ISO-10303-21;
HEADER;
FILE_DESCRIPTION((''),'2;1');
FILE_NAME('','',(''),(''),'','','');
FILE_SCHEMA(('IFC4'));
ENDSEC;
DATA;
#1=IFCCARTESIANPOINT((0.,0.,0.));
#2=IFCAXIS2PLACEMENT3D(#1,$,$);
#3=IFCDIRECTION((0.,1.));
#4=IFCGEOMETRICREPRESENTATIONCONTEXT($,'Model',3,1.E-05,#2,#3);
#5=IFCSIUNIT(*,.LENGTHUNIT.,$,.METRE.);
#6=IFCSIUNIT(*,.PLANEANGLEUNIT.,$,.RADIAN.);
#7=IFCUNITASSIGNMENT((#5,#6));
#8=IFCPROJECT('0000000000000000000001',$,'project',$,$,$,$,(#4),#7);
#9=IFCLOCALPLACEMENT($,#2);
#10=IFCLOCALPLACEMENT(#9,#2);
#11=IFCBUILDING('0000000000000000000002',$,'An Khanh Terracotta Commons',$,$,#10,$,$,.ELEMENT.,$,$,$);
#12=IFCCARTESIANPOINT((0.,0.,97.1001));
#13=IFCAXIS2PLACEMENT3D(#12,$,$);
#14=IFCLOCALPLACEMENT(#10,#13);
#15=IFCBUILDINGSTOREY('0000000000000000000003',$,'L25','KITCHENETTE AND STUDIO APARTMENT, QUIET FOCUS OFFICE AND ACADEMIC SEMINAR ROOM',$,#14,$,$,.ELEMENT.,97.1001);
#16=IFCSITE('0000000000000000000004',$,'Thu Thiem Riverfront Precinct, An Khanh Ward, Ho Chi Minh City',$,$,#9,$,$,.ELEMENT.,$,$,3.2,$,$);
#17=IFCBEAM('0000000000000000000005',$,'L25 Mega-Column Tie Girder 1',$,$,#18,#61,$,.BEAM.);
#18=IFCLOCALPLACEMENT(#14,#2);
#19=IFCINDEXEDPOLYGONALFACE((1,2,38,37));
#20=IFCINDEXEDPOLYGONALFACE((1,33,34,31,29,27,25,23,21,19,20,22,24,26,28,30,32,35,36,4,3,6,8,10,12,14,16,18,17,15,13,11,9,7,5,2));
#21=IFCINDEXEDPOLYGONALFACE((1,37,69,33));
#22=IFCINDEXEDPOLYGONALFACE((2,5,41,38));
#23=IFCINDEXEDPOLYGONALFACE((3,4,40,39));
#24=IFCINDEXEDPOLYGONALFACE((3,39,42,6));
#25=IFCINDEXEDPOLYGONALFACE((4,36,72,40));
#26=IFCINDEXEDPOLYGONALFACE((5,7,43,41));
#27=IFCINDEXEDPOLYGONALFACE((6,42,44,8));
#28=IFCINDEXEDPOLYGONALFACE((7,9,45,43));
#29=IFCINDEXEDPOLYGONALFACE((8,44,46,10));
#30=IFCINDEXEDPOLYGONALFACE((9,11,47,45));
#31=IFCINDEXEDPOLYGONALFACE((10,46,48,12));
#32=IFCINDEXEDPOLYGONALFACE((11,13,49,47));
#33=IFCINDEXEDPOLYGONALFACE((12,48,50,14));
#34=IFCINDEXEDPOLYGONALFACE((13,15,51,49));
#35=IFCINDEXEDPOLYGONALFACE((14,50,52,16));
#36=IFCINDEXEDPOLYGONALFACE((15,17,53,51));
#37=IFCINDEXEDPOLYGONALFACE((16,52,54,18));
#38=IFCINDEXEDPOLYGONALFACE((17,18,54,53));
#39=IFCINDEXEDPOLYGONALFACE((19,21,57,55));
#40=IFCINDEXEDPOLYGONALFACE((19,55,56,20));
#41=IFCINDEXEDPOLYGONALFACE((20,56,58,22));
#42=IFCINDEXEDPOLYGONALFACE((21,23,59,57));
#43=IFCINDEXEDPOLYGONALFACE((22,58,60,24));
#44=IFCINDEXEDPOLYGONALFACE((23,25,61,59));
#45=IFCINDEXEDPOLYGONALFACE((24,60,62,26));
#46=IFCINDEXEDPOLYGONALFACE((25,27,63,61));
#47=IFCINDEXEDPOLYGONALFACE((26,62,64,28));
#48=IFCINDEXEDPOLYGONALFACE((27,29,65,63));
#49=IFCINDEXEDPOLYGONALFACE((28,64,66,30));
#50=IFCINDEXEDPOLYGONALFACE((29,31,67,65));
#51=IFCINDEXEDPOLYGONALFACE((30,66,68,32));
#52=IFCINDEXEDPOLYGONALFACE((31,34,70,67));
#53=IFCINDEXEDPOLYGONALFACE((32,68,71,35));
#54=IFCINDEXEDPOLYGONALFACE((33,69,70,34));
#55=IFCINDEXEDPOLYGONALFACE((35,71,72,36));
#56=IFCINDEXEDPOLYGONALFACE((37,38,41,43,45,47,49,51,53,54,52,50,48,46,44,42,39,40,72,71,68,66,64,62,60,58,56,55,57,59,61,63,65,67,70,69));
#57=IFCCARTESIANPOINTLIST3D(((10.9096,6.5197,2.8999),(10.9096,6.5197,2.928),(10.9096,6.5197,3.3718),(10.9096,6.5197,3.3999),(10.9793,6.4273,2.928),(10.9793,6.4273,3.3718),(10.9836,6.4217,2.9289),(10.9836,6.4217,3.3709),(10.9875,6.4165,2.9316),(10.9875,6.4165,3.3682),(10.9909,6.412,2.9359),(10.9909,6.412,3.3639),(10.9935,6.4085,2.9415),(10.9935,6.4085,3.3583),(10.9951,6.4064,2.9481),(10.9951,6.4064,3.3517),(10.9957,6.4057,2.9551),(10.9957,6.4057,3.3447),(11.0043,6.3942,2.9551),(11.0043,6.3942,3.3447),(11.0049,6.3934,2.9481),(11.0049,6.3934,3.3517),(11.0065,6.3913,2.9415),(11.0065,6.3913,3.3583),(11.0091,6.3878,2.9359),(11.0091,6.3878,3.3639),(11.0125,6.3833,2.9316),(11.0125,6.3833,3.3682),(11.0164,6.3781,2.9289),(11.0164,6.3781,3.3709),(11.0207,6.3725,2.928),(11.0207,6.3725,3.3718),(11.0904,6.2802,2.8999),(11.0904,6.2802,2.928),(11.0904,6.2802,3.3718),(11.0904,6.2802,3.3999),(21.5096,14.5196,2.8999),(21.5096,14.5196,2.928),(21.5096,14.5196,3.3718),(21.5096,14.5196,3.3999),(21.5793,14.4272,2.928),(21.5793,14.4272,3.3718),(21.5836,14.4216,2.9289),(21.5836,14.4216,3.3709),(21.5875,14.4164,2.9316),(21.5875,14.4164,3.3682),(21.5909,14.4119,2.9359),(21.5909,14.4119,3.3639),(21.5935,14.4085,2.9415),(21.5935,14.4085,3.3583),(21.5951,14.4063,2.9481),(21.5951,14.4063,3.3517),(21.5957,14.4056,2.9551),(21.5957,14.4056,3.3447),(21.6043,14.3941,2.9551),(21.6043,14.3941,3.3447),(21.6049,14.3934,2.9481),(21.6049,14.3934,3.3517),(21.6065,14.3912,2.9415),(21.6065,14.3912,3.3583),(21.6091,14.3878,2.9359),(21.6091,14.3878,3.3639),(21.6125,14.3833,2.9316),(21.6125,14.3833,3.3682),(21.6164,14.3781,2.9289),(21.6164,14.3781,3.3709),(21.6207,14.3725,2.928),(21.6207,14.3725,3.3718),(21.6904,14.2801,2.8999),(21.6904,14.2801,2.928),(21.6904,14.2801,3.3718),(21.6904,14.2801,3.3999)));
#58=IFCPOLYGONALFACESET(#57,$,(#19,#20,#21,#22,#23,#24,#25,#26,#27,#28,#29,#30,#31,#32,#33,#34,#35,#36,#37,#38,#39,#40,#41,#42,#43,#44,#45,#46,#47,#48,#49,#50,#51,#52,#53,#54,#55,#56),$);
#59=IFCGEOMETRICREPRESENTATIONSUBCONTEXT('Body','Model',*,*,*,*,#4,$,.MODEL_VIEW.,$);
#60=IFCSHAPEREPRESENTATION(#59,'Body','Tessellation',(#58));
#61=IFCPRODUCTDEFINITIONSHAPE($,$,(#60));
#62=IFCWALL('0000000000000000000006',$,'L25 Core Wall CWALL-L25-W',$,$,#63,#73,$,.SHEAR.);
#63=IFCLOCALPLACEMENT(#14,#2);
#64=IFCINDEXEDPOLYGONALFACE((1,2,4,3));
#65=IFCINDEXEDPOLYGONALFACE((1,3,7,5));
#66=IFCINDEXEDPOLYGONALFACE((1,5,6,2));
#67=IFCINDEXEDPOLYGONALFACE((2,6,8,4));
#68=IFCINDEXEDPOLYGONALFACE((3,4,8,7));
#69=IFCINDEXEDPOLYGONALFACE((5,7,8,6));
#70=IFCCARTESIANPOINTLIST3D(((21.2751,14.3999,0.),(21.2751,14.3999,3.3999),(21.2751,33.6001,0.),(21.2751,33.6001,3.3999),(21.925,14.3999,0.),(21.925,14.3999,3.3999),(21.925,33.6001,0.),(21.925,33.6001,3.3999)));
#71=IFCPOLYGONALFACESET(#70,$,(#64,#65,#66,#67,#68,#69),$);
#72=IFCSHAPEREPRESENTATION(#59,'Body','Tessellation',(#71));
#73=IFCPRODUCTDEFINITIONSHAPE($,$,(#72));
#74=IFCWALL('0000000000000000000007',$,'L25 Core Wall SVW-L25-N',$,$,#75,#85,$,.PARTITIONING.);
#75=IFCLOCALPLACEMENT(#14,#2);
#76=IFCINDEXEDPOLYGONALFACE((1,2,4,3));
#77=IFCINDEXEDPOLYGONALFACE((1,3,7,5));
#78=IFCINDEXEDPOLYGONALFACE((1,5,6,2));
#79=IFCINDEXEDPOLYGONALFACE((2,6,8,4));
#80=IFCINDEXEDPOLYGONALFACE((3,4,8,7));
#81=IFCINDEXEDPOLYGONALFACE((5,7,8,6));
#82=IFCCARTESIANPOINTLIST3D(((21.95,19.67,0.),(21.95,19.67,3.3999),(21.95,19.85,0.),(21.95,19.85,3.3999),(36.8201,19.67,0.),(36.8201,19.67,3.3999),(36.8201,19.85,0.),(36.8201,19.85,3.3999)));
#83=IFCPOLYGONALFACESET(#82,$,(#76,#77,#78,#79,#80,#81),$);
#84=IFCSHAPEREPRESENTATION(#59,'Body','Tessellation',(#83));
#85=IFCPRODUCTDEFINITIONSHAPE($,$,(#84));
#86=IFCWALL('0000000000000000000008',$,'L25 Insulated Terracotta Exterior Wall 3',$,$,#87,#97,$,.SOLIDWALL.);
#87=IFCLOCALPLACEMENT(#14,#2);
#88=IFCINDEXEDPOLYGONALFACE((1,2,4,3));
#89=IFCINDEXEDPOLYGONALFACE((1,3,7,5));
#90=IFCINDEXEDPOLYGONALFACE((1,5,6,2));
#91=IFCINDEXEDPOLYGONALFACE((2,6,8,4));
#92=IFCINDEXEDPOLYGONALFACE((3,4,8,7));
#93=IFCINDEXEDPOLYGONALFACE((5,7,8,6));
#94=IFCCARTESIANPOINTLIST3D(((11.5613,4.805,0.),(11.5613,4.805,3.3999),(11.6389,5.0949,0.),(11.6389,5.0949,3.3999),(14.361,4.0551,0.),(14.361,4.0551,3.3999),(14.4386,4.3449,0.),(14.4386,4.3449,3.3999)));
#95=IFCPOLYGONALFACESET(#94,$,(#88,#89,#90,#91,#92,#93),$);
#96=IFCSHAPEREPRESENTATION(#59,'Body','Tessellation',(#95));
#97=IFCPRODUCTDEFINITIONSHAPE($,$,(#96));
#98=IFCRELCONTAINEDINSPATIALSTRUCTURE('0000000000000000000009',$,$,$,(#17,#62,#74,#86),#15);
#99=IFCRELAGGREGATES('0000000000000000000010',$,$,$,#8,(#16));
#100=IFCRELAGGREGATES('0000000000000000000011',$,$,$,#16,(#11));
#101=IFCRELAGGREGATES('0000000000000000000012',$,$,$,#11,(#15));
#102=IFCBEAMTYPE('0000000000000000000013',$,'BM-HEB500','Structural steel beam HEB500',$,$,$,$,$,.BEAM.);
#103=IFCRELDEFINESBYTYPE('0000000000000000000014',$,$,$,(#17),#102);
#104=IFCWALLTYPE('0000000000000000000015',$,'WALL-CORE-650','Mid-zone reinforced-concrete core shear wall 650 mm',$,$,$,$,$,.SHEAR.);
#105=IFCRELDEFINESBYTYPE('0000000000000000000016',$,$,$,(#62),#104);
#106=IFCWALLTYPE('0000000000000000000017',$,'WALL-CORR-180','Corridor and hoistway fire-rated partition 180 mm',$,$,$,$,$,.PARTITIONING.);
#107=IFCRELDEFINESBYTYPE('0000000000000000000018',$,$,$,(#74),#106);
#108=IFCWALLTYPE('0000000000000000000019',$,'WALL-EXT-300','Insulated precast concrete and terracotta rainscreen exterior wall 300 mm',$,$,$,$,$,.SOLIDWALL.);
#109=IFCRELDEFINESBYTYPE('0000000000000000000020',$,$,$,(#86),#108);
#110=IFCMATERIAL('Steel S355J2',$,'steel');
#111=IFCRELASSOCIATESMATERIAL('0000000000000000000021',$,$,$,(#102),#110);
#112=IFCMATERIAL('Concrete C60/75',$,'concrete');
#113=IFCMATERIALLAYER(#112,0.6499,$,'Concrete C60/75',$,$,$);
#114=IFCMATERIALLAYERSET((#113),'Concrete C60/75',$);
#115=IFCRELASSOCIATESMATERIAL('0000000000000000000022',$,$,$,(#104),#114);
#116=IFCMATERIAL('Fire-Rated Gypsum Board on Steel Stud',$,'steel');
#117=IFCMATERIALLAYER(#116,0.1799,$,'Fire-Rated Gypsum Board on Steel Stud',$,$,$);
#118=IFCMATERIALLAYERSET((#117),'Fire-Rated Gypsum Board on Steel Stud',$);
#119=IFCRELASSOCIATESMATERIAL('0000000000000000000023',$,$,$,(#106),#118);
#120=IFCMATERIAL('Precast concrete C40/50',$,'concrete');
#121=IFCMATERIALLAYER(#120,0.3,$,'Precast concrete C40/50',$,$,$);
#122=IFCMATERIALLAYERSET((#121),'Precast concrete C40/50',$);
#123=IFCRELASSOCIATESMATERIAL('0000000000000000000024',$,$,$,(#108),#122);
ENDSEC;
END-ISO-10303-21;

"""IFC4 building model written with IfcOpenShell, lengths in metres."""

from ifc_helpers import new_model, si_unit, direction, frame, frame_2d, origin, origin_2d, place, context, subcontext, project, spatial, rectangle, i_section, extrude, material, layer, layer_set, material_profile, profile_set, type_object, element, save


model = new_model("IFC4")

# Units and contexts
model_context = context("Model", 3, precision=1e-05, world=origin(), true_north=direction((0.0, 1.0)))
body_context = subcontext(model_context, "Body", "Model", "MODEL_VIEW")
ifc_project = project(units=[si_unit("LENGTHUNIT", "METRE"), si_unit("PLANEANGLEUNIT", "RADIAN")], contexts=[model_context])

# Site, building, storey
site_placement = place(None, origin())
site = spatial("IfcSite", under=ifc_project, at=site_placement, Name="Thu Thiem Riverfront Precinct, An Khanh Ward, Ho Chi Minh City", CompositionType="ELEMENT", RefElevation=3.2)
building_placement = place(site_placement, origin())
building = spatial("IfcBuilding", under=site, at=building_placement, Name="An Khanh Terracotta Commons", CompositionType="ELEMENT")
storey_placement = place(building_placement, frame((0.0, 0.0, 97.1001)))
storey = spatial("IfcBuildingStorey", under=building, at=storey_placement, Name="L25", Description="KITCHENETTE AND STUDIO APARTMENT, QUIET FOCUS OFFICE AND ACADEMIC SEMINAR ROOM", CompositionType="ELEMENT", Elevation=97.1001)

# Beam
ifc_material_1 = material(Name="Steel S355J2", Category="steel")
ifc_material_profile_1 = material_profile(ifc_material_1, i_section(OverallWidth=0.3, OverallDepth=0.5, WebThickness=0.0144, FlangeThickness=0.0281, FilletRadius=0.0271, at=origin_2d()), Name="HEB500")
ifc_profile_set_1 = profile_set([ifc_material_profile_1], Name="Steel S355J2")
beam_type_1 = type_object("IfcBeamType", Name="BM-HEB500", Description="Structural steel beam HEB500", PredefinedType="BEAM", material=ifc_profile_set_1)
beam_1_placement = place(storey_placement, frame((11.0, 6.3999, 3.1499), z_axis=(0.798192, 0.602403, 0.0), x_axis=(-0.602403, 0.798192, 0.0)))
element("IfcBeam", 1, at=beam_1_placement, inside=storey, type_object=beam_type_1, Name="L25 Mega-Column Tie Girder 1", PredefinedType="BEAM", context=body_context, shape_type="SweptSolid", body=[
    extrude(i_section(OverallWidth=0.3, OverallDepth=0.5, WebThickness=0.0144, FlangeThickness=0.0281, FilletRadius=0.0271, at=origin_2d()), origin(), (0.0, 0.0, 1.0), 13.28),
])

# Walls
ifc_material_2 = material(Name="Concrete C60/75", Category="concrete")
ifc_layer_1 = layer(ifc_material_2, 0.6499, Name="Concrete C60/75")
ifc_layer_set_1 = layer_set([ifc_layer_1], Name="Concrete C60/75")
wall_type_1 = type_object("IfcWallType", Name="WALL-CORE-650", Description="Mid-zone reinforced-concrete core shear wall 650 mm", PredefinedType="SHEAR", material=ifc_layer_set_1)
wall_1_placement = place(storey_placement, frame((21.6001, 14.3999, 0.0), z_axis=(0.0, 0.0, 1.0), x_axis=(0.0, 1.0, 0.0)))
element("IfcWall", 2, at=wall_1_placement, inside=storey, type_object=wall_type_1, Name="L25 Core Wall CWALL-L25-W", PredefinedType="SHEAR", context=body_context, shape_type="SweptSolid", body=[
    extrude(rectangle(XDim=19.2002, YDim=0.6499, at=frame_2d((9.6001, 0.0))), origin(), (0.0, 0.0, 1.0), 3.3999),
])
ifc_material_3 = material(Name="Fire-Rated Gypsum Board on Steel Stud", Category="steel")
ifc_layer_2 = layer(ifc_material_3, 0.1799, Name="Fire-Rated Gypsum Board on Steel Stud")
ifc_layer_set_2 = layer_set([ifc_layer_2], Name="Fire-Rated Gypsum Board on Steel Stud")
wall_type_2 = type_object("IfcWallType", Name="WALL-CORR-180", Description="Corridor and hoistway fire-rated partition 180 mm", PredefinedType="PARTITIONING", material=ifc_layer_set_2)
wall_2_placement = place(storey_placement, frame((21.95, 19.76, 0.0), z_axis=(0.0, 0.0, 1.0), x_axis=(1.0, 0.0, 0.0)))
element("IfcWall", 3, at=wall_2_placement, inside=storey, type_object=wall_type_2, Name="L25 Core Wall SVW-L25-N", PredefinedType="PARTITIONING", context=body_context, shape_type="SweptSolid", body=[
    extrude(rectangle(XDim=14.8701, YDim=0.1799, at=frame_2d((7.4351, 0.0))), origin(), (0.0, 0.0, 1.0), 3.3999),
])
ifc_material_4 = material(Name="Precast concrete C40/50", Category="concrete")
ifc_layer_3 = layer(ifc_material_4, 0.3, Name="Precast concrete C40/50")
ifc_layer_set_3 = layer_set([ifc_layer_3], Name="Precast concrete C40/50")
wall_type_3 = type_object("IfcWallType", Name="WALL-EXT-300", Description="Insulated precast concrete and terracotta rainscreen exterior wall 300 mm", PredefinedType="SOLIDWALL", material=ifc_layer_set_3)
wall_3_placement = place(storey_placement, frame((11.6001, 4.95, 0.0), z_axis=(0.0, 0.0, 1.0), x_axis=(0.965944, -0.258753, 0.0)))
element("IfcWall", 4, at=wall_3_placement, inside=storey, type_object=wall_type_3, Name="L25 Insulated Terracotta Exterior Wall 3", PredefinedType="SOLIDWALL", context=body_context, shape_type="SweptSolid", body=[
    extrude(rectangle(XDim=2.8984, YDim=0.3, at=frame_2d((1.4492, 0.0))), origin(), (0.0, 0.0, 1.0), 3.3999),
])

save(model, "model.ifc")
